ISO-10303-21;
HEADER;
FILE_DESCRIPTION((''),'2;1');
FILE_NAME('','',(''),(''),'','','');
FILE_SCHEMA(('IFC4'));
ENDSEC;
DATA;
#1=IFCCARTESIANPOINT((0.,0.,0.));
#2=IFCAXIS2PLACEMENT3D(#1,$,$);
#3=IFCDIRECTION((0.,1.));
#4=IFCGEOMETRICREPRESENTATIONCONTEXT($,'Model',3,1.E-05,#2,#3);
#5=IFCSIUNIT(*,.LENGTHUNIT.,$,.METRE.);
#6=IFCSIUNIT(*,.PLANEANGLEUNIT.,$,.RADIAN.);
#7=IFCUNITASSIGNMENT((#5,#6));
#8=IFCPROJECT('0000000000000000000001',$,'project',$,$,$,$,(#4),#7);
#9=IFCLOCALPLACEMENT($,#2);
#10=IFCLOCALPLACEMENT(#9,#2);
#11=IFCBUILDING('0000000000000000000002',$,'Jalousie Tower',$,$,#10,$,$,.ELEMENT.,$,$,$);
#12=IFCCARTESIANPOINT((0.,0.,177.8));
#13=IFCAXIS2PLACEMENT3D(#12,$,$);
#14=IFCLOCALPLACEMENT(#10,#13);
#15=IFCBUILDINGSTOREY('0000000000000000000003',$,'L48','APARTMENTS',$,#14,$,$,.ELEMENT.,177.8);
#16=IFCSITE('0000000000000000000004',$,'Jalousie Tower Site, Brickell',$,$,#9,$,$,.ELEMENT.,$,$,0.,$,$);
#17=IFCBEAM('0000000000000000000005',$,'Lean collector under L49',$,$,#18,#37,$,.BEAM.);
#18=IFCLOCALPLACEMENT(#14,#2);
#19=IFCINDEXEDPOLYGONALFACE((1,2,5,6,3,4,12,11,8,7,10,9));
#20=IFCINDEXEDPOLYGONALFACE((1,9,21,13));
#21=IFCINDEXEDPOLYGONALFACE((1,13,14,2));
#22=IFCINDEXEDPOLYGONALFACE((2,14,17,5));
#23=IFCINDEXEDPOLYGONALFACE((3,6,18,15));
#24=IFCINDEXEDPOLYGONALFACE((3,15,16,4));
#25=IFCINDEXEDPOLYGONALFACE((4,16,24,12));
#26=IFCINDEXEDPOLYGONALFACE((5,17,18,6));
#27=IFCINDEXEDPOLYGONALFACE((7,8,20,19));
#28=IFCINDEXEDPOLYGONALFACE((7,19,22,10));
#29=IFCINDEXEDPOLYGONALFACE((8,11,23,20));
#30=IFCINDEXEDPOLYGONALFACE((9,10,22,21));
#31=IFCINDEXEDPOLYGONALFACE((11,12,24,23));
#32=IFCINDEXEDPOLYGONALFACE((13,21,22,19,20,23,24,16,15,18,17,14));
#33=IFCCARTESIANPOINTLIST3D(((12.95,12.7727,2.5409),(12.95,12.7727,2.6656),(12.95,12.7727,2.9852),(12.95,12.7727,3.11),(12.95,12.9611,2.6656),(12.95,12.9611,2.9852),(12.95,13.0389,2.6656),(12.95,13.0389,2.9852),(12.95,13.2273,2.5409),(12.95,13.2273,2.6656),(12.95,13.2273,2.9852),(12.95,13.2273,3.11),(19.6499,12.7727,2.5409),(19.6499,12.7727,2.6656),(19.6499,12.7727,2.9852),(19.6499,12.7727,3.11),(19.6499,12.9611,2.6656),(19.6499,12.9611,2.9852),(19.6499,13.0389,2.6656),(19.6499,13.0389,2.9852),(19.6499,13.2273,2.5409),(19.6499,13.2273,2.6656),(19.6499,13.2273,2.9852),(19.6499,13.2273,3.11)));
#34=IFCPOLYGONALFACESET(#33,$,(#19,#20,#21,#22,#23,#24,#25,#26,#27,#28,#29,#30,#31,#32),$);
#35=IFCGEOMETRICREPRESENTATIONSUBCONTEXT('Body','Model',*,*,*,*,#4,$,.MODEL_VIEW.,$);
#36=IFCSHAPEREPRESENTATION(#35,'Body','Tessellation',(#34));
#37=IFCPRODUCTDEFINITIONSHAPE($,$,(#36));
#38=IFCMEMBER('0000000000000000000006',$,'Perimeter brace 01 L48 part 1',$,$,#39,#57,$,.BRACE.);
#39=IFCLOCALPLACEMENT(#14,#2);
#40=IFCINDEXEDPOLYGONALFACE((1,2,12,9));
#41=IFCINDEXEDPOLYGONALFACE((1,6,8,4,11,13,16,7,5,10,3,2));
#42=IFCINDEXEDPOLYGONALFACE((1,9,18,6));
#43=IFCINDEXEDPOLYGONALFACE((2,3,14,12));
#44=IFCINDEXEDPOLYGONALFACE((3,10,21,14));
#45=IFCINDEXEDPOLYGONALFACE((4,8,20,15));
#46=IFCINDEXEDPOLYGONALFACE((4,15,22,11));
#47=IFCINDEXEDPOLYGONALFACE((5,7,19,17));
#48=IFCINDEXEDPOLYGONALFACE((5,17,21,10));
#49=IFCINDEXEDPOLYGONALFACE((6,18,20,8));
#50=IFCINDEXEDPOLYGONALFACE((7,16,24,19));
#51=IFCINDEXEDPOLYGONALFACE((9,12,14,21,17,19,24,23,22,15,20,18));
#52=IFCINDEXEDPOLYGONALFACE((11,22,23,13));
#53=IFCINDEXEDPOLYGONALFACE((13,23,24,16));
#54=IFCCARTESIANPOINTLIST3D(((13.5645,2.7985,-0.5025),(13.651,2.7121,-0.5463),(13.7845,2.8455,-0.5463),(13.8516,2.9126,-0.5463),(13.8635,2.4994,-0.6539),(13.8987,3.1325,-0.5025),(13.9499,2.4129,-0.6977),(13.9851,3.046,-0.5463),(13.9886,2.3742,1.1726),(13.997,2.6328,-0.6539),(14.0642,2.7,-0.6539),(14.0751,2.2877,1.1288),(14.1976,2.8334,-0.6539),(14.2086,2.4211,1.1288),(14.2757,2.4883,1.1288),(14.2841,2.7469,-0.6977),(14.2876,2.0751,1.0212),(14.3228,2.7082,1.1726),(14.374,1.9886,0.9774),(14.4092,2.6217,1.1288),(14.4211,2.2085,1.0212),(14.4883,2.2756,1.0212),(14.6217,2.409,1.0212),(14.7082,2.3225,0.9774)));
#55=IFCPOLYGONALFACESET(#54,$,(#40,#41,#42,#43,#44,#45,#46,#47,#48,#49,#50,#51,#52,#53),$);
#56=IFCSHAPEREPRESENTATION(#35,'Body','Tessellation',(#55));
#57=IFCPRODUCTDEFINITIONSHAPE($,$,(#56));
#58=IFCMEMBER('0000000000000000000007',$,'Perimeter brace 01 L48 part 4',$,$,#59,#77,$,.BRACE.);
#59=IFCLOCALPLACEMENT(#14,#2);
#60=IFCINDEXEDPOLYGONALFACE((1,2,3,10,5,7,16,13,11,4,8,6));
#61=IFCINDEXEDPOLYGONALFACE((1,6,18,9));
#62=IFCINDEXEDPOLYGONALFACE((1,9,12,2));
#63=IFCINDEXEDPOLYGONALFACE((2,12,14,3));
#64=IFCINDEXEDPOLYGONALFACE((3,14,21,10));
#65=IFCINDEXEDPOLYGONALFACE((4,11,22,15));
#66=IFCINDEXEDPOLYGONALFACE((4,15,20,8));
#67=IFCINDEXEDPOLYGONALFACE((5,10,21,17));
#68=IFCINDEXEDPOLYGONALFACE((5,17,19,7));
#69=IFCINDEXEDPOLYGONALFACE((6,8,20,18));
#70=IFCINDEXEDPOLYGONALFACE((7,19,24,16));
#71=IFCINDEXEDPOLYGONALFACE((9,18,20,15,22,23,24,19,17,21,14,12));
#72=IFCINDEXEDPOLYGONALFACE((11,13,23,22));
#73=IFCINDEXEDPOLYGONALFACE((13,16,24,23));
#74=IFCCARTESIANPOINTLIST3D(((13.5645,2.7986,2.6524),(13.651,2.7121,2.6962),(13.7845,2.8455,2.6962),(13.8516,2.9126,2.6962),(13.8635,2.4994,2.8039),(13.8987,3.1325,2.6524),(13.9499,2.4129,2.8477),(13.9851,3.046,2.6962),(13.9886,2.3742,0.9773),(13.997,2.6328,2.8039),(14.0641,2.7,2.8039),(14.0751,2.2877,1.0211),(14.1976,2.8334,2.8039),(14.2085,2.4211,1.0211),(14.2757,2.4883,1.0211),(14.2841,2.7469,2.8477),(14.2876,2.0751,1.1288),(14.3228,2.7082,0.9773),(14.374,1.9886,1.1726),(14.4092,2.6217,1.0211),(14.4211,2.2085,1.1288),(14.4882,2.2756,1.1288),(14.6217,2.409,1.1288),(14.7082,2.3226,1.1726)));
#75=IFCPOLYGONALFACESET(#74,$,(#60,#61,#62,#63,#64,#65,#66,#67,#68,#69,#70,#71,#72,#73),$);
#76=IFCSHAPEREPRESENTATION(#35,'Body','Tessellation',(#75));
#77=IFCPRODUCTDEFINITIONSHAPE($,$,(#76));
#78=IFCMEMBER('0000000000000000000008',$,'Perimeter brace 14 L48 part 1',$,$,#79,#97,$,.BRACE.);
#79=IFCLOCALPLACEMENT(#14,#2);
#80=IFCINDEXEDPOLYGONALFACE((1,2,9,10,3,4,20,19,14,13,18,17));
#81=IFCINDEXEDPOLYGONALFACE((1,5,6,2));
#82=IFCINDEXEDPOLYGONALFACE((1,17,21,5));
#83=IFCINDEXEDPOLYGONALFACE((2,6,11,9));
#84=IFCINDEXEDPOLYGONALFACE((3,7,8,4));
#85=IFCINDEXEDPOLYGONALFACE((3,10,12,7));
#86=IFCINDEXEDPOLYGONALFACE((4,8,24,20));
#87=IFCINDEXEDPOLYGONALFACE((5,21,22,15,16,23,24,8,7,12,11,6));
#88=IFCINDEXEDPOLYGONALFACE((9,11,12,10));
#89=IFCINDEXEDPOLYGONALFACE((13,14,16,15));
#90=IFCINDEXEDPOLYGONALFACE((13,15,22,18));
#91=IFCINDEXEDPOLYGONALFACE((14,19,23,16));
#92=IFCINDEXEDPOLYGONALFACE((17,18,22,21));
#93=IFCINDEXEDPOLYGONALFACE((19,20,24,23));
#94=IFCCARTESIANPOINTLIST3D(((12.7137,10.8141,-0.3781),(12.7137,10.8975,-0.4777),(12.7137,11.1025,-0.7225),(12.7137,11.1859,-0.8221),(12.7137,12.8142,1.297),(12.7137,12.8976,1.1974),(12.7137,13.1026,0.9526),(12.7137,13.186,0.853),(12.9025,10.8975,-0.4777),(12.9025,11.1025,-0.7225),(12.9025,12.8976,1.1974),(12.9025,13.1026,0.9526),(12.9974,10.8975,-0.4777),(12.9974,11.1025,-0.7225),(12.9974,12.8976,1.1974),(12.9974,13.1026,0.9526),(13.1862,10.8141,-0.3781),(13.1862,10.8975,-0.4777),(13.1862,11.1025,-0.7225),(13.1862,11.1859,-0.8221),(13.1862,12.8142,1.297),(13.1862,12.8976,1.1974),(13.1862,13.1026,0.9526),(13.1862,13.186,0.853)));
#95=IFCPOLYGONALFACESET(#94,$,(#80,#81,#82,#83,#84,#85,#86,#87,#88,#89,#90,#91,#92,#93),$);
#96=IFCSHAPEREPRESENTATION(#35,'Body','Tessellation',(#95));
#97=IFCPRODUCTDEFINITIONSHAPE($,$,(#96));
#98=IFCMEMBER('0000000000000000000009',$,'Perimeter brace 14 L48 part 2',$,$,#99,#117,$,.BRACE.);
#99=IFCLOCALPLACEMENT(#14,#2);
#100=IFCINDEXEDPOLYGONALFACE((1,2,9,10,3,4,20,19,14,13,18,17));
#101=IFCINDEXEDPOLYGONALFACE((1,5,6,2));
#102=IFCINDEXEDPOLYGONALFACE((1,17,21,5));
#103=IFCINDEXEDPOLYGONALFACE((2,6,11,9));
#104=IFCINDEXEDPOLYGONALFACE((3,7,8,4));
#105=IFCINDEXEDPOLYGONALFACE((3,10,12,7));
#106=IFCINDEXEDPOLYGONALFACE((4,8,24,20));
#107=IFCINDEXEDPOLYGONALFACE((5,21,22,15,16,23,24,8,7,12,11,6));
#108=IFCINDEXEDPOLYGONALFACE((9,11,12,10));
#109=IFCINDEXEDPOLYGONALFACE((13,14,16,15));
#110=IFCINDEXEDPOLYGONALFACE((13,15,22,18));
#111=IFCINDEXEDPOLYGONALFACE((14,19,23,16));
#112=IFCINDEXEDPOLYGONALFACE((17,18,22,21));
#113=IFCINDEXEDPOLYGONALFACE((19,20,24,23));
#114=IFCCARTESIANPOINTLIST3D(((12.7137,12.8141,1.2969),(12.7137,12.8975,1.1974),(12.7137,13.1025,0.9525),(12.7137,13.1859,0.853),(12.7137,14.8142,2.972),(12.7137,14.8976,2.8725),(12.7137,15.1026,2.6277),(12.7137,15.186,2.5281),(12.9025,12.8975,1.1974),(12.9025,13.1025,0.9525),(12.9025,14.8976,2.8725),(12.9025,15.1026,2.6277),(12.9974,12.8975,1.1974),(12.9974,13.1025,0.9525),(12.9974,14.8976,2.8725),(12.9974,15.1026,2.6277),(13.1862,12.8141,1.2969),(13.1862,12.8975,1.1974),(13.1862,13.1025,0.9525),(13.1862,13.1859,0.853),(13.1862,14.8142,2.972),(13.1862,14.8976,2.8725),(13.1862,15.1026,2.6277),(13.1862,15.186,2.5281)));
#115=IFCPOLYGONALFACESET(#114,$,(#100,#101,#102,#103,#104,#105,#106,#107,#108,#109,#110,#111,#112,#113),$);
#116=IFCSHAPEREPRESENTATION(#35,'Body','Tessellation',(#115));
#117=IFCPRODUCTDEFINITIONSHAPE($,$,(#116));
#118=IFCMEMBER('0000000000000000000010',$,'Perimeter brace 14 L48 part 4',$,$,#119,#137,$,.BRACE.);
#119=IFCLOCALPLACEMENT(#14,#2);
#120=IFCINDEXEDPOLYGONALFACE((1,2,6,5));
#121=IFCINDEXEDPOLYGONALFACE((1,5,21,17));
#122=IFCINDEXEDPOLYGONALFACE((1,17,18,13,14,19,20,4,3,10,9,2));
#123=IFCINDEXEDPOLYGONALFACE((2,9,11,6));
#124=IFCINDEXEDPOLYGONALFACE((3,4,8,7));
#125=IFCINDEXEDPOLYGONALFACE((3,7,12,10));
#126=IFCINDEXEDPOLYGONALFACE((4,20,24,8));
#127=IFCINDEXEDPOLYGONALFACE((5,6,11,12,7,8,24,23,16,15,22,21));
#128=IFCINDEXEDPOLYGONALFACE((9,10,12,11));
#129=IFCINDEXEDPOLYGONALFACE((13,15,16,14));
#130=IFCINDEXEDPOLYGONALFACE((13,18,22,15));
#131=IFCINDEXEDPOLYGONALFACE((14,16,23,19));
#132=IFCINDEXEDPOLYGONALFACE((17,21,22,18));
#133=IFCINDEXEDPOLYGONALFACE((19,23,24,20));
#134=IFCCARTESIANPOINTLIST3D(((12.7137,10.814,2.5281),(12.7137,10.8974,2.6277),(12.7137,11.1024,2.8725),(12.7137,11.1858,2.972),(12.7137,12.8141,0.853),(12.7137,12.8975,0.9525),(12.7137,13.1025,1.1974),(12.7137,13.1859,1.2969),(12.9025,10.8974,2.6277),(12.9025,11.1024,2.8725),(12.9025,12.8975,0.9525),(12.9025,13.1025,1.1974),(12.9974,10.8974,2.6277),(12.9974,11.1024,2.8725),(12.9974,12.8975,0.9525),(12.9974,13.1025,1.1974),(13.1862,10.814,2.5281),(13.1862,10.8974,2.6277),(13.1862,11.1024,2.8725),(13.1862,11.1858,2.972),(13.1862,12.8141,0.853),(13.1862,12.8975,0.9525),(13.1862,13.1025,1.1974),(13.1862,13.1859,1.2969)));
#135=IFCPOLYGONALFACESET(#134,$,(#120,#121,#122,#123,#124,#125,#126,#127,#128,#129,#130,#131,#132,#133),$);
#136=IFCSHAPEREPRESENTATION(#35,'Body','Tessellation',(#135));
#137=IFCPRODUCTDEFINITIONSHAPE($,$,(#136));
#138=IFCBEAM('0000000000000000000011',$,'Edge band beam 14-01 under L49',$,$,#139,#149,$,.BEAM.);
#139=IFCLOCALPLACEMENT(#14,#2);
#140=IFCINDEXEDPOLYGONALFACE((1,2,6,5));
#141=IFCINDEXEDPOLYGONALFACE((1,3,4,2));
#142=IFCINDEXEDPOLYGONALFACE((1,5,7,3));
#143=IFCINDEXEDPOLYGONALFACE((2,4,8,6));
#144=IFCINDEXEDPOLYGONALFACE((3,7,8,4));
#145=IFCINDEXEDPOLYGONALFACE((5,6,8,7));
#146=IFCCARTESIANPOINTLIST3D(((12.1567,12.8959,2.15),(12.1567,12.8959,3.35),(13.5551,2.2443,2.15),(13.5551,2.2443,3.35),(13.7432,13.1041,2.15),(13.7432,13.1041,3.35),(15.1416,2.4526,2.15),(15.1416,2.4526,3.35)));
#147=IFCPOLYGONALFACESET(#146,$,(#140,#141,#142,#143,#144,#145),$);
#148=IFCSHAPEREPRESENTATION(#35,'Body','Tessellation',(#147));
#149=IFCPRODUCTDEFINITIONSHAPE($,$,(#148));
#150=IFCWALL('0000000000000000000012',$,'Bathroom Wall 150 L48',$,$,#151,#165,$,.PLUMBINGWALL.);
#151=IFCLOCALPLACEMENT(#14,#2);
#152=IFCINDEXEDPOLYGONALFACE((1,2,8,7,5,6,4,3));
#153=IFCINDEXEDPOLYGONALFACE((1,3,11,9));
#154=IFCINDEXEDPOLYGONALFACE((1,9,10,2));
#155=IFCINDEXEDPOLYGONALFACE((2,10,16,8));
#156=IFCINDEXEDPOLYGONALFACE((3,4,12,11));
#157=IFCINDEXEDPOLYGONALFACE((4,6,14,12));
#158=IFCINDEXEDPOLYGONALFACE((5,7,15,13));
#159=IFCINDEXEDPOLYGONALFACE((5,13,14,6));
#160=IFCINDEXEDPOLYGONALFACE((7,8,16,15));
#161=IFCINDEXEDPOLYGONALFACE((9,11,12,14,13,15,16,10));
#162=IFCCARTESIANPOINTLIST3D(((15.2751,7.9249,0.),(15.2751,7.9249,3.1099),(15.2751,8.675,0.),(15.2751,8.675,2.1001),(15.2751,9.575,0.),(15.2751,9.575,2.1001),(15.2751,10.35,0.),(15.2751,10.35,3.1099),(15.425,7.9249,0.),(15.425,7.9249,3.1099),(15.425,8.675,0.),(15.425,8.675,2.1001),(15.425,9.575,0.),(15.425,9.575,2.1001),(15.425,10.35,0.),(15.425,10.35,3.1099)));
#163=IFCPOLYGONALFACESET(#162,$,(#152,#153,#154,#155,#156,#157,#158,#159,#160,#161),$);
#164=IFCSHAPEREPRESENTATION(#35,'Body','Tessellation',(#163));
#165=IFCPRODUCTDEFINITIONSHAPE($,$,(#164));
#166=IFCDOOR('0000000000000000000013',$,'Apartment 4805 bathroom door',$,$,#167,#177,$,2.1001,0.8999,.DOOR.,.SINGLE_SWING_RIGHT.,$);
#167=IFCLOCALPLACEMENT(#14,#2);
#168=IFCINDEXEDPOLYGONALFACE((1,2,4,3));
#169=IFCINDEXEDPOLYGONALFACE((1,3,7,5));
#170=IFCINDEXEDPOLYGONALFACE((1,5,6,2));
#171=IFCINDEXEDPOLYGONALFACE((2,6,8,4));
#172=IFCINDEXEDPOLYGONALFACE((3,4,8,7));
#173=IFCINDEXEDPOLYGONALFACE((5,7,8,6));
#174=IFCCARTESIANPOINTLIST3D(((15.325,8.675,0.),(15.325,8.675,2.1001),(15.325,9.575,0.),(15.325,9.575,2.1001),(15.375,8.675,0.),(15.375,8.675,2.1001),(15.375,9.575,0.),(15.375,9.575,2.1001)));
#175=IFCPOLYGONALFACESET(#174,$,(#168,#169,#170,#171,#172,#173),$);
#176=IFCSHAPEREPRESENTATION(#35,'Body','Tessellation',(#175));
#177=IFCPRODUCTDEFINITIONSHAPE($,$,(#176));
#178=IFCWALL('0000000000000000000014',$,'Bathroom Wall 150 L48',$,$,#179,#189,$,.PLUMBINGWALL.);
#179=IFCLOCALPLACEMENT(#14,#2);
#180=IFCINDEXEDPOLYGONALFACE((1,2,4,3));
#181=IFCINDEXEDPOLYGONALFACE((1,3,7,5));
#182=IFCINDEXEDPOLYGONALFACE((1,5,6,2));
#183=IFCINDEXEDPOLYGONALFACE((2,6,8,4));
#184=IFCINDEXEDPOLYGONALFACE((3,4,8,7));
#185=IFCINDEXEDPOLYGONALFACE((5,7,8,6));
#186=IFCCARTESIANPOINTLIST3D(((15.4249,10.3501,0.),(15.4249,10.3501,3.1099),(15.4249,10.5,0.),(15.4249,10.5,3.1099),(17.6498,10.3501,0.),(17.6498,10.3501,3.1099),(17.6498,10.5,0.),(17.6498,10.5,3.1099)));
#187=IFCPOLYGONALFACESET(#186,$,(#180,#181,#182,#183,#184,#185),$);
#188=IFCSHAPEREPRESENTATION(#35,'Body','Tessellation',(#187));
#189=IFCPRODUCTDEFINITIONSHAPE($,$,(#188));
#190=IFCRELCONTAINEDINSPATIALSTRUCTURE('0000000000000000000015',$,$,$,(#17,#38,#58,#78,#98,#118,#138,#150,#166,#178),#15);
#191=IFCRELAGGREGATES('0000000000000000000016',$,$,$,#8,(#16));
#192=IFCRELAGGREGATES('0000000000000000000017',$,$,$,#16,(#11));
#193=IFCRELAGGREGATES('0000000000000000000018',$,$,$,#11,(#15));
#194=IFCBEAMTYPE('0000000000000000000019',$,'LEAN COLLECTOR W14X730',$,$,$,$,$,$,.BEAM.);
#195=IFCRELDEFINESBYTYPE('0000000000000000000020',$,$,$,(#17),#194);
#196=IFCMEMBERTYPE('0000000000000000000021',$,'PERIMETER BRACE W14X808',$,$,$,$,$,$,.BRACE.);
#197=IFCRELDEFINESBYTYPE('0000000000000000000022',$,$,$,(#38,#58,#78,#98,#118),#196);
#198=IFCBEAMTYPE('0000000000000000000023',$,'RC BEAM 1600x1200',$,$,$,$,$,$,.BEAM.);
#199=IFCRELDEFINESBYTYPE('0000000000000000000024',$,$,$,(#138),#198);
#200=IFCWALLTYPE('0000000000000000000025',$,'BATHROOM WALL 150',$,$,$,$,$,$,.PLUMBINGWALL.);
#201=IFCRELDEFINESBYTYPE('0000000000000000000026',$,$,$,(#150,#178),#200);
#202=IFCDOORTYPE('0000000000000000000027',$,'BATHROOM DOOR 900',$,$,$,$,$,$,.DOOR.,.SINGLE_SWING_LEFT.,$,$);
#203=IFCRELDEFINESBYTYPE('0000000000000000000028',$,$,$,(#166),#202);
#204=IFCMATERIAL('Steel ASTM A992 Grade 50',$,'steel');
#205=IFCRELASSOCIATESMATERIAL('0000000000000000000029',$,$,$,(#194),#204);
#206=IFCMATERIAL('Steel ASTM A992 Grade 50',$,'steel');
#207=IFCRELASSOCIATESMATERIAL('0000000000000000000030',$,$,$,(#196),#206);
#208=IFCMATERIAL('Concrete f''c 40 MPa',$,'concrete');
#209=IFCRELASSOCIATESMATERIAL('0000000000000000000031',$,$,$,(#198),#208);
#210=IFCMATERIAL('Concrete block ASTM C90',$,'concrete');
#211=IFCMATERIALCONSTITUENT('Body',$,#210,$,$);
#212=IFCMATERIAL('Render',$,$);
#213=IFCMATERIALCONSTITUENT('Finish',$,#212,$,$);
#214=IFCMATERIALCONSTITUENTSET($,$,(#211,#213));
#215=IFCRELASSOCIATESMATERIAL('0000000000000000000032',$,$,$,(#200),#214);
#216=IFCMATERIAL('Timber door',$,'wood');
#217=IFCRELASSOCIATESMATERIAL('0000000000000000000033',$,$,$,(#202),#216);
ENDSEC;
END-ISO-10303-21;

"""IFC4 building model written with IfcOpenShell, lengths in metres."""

from ifc_helpers import new_model, si_unit, direction, frame, frame_2d, origin, origin_2d, place, context, subcontext, project, spatial, rectangle, i_section, extrude, material, constituent, constituent_set, material_profile, profile_set, type_object, element, fill, save


model = new_model("IFC4")

# Units and contexts
model_context = context("Model", 3, precision=1e-05, world=origin(), true_north=direction((0.0, 1.0)))
body_context = subcontext(model_context, "Body", "Model", "MODEL_VIEW")
ifc_project = project(units=[si_unit("LENGTHUNIT", "METRE"), si_unit("PLANEANGLEUNIT", "RADIAN")], contexts=[model_context])

# Site, building, storey
site_placement = place(None, origin())
site = spatial("IfcSite", under=ifc_project, at=site_placement, Name="Jalousie Tower Site, Brickell", CompositionType="ELEMENT", RefElevation=0.0)
building_placement = place(site_placement, origin())
building = spatial("IfcBuilding", under=site, at=building_placement, Name="Jalousie Tower", CompositionType="ELEMENT")
storey_placement = place(building_placement, frame((0.0, 0.0, 177.8)))
storey = spatial("IfcBuildingStorey", under=building, at=storey_placement, Name="L48", Description="APARTMENTS", CompositionType="ELEMENT", Elevation=177.8)

# Beam
ifc_material_1 = material(Name="Steel ASTM A992 Grade 50", Category="steel")
ifc_material_profile_1 = material_profile(ifc_material_1, i_section(OverallWidth=0.4546, OverallDepth=0.5691, WebThickness=0.0779, FlangeThickness=0.1248, at=origin_2d()), Name="W14X730")
ifc_profile_set_1 = profile_set([ifc_material_profile_1], Name="Steel ASTM A992 Grade 50")
beam_type_1 = type_object("IfcBeamType", Name="LEAN COLLECTOR W14X730", PredefinedType="BEAM", material=ifc_profile_set_1)
beam_1_placement = place(storey_placement, frame((12.95, 13.0, 2.8254), z_axis=(1.0, 0.0, 0.0), x_axis=(0.0, 1.0, 0.0)))
element("IfcBeam", 1, at=beam_1_placement, inside=storey, type_object=beam_type_1, Name="Lean collector under L49", PredefinedType="BEAM", context=body_context, shape_type="SweptSolid", body=[
    extrude(i_section(OverallWidth=0.4546, OverallDepth=0.5691, WebThickness=0.0779, FlangeThickness=0.1248, at=origin_2d()), origin(), (0.0, 0.0, 1.0), 6.7),
])

# Members
ifc_material_2 = material(Name="Steel ASTM A992 Grade 50", Category="steel")
ifc_material_profile_2 = material_profile(ifc_material_2, i_section(OverallWidth=0.4724, OverallDepth=0.5791, WebThickness=0.095, FlangeThickness=0.1299, at=origin_2d()), Name="W14X808")
ifc_profile_set_2 = profile_set([ifc_material_profile_2], Name="Steel ASTM A992 Grade 50")
member_type = type_object("IfcMemberType", Name="PERIMETER BRACE W14X808", PredefinedType="BRACE", material=ifc_profile_set_2)
for number, where, z_axis, x_axis, name in (
    (2, (13.9243, 2.7727, -0.6001), (0.238346, -0.238483, 0.941444), (0.70731, 0.706903, 0.0), "Perimeter brace 01 L48 part 1"),
    (3, (14.3484, 2.3484, 1.075), (-0.238346, 0.238483, 0.941444), (-0.70731, -0.706903, 0.0), "Perimeter brace 01 L48 part 4"),
):
    element("IfcMember", number, at=place(storey_placement, frame(where, z_axis=z_axis, x_axis=x_axis)), inside=storey, type_object=member_type, Name=name, PredefinedType="BRACE", context=body_context, shape_type="SweptSolid", body=[
        extrude(i_section(OverallWidth=0.4724, OverallDepth=0.5791, WebThickness=0.095, FlangeThickness=0.1299, at=origin_2d()), origin(), (0.0, 0.0, 1.0), 1.7793),
    ])
for number, where, z_axis, x_axis, name in (
    (4, (12.95, 11.0, -0.6001), (0.0, 0.766639, 0.642079), (-1.0, 0.0, 0.0), "Perimeter brace 14 L48 part 1"),
    (5, (12.95, 13.0, 1.075), (0.0, 0.766639, 0.642079), (-1.0, 0.0, 0.0), "Perimeter brace 14 L48 part 2"),
    (6, (12.95, 13.0, 1.075), (0.0, -0.766639, 0.642079), (1.0, 0.0, 0.0), "Perimeter brace 14 L48 part 4"),
):
    element("IfcMember", number, at=place(storey_placement, frame(where, z_axis=z_axis, x_axis=x_axis)), inside=storey, type_object=member_type, Name=name, PredefinedType="BRACE", context=body_context, shape_type="SweptSolid", body=[
        extrude(i_section(OverallWidth=0.4724, OverallDepth=0.5791, WebThickness=0.095, FlangeThickness=0.1299, at=origin_2d()), origin(), (0.0, 0.0, 1.0), 2.6089),
    ])

# Beam
ifc_material_3 = material(Name="Concrete f'c 40 MPa", Category="concrete")
ifc_material_profile_3 = material_profile(ifc_material_3, rectangle(XDim=1.6001, YDim=1.2, at=origin_2d()), Name="RC 1600x1200")
ifc_profile_set_3 = profile_set([ifc_material_profile_3], Name="Concrete f'c 40 MPa")
beam_type_2 = type_object("IfcBeamType", Name="RC BEAM 1600x1200", PredefinedType="BEAM", material=ifc_profile_set_3)
beam_2_placement = place(storey_placement, frame((12.95, 13.0, 2.75), z_axis=(0.130172, -0.991491, 0.0), x_axis=(0.991491, 0.130172, 0.0)))
element("IfcBeam", 7, at=beam_2_placement, inside=storey, type_object=beam_type_2, Name="Edge band beam 14-01 under L49", PredefinedType="BEAM", context=body_context, shape_type="SweptSolid", body=[
    extrude(rectangle(XDim=1.6001, YDim=1.2, at=origin_2d()), origin(), (0.0, 0.0, 1.0), 10.7429),
])

# Wall, opening, door
ifc_material_4 = material(Name="Concrete block ASTM C90", Category="concrete")
ifc_constituent_1 = constituent(ifc_material_4, Name="Body")
ifc_material_5 = material(Name="Render")
ifc_constituent_2 = constituent(ifc_material_5, Name="Finish")
ifc_constituent_set_1 = constituent_set(constituents=[ifc_constituent_1, ifc_constituent_2])
wall_type_1 = type_object("IfcWallType", Name="BATHROOM WALL 150", PredefinedType="PLUMBINGWALL", material=ifc_constituent_set_1)
wall_1_placement = place(storey_placement, frame((15.3501, 7.925, 0.0), z_axis=(0.0, 0.0, 1.0), x_axis=(0.0, 1.0, 0.0)))
wall_1 = element("IfcWall", 8, at=wall_1_placement, inside=storey, type_object=wall_type_1, Name="Bathroom Wall 150 L48", PredefinedType="PLUMBINGWALL", context=body_context, shape_type="SweptSolid", body=[
    extrude(rectangle(XDim=2.425, YDim=0.1499, at=frame_2d((1.2124, 0.0))), origin(), (0.0, 0.0, 1.0), 3.1099),
])
opening_1_placement = place(wall_1_placement, frame((0.75, 0.0, 0.0)))
opening_1 = element("IfcOpeningElement", 9, at=opening_1_placement, cuts=wall_1, PredefinedType="OPENING", context=body_context, shape_type="SweptSolid", body=[
    extrude(rectangle(XDim=0.8999, YDim=2.1001, at=frame_2d((0.45, 1.05))), frame((0.0, 0.085, 0.0), z_axis=(0.0, -1.0, 0.0), x_axis=(1.0, 0.0, 0.0)), (0.0, 0.0, 1.0), 0.1699),
])
ifc_material_6 = material(Name="Timber door", Category="wood")
door_type_1 = type_object("IfcDoorType", Name="BATHROOM DOOR 900", OperationType="SINGLE_SWING_LEFT", PredefinedType="DOOR", material=ifc_material_6)
door_1_placement = place(opening_1_placement, frame((0.8999, 0.0, 0.0), z_axis=(0.0, 0.0, 1.0), x_axis=(-1.0, 0.0, 0.0)))
door_1 = element("IfcDoor", 10, at=door_1_placement, inside=storey, type_object=door_type_1, Name="Apartment 4805 bathroom door", OperationType="SINGLE_SWING_RIGHT", OverallHeight=2.1001, OverallWidth=0.8999, PredefinedType="DOOR", context=body_context, shape_type="SweptSolid", body=[
    extrude(rectangle(XDim=0.8999, YDim=2.1001, at=frame_2d((0.45, 1.05))), frame((0.0, 0.0249, 0.0), z_axis=(0.0, -1.0, 0.0), x_axis=(1.0, 0.0, 0.0)), (0.0, 0.0, 1.0), 0.05),
])
fill(opening_1, door_1)

# Wall
wall_2_placement = place(storey_placement, frame((15.425, 10.425, 0.0), z_axis=(0.0, 0.0, 1.0), x_axis=(1.0, 0.0, 0.0)))
element("IfcWall", 11, at=wall_2_placement, inside=storey, type_object=wall_type_1, Name="Bathroom Wall 150 L48", PredefinedType="PLUMBINGWALL", context=body_context, shape_type="SweptSolid", body=[
    extrude(rectangle(XDim=2.2249, YDim=0.1499, at=frame_2d((1.1123, 0.0))), origin(), (0.0, 0.0, 1.0), 3.1099),
])

save(model, "model.ifc")
